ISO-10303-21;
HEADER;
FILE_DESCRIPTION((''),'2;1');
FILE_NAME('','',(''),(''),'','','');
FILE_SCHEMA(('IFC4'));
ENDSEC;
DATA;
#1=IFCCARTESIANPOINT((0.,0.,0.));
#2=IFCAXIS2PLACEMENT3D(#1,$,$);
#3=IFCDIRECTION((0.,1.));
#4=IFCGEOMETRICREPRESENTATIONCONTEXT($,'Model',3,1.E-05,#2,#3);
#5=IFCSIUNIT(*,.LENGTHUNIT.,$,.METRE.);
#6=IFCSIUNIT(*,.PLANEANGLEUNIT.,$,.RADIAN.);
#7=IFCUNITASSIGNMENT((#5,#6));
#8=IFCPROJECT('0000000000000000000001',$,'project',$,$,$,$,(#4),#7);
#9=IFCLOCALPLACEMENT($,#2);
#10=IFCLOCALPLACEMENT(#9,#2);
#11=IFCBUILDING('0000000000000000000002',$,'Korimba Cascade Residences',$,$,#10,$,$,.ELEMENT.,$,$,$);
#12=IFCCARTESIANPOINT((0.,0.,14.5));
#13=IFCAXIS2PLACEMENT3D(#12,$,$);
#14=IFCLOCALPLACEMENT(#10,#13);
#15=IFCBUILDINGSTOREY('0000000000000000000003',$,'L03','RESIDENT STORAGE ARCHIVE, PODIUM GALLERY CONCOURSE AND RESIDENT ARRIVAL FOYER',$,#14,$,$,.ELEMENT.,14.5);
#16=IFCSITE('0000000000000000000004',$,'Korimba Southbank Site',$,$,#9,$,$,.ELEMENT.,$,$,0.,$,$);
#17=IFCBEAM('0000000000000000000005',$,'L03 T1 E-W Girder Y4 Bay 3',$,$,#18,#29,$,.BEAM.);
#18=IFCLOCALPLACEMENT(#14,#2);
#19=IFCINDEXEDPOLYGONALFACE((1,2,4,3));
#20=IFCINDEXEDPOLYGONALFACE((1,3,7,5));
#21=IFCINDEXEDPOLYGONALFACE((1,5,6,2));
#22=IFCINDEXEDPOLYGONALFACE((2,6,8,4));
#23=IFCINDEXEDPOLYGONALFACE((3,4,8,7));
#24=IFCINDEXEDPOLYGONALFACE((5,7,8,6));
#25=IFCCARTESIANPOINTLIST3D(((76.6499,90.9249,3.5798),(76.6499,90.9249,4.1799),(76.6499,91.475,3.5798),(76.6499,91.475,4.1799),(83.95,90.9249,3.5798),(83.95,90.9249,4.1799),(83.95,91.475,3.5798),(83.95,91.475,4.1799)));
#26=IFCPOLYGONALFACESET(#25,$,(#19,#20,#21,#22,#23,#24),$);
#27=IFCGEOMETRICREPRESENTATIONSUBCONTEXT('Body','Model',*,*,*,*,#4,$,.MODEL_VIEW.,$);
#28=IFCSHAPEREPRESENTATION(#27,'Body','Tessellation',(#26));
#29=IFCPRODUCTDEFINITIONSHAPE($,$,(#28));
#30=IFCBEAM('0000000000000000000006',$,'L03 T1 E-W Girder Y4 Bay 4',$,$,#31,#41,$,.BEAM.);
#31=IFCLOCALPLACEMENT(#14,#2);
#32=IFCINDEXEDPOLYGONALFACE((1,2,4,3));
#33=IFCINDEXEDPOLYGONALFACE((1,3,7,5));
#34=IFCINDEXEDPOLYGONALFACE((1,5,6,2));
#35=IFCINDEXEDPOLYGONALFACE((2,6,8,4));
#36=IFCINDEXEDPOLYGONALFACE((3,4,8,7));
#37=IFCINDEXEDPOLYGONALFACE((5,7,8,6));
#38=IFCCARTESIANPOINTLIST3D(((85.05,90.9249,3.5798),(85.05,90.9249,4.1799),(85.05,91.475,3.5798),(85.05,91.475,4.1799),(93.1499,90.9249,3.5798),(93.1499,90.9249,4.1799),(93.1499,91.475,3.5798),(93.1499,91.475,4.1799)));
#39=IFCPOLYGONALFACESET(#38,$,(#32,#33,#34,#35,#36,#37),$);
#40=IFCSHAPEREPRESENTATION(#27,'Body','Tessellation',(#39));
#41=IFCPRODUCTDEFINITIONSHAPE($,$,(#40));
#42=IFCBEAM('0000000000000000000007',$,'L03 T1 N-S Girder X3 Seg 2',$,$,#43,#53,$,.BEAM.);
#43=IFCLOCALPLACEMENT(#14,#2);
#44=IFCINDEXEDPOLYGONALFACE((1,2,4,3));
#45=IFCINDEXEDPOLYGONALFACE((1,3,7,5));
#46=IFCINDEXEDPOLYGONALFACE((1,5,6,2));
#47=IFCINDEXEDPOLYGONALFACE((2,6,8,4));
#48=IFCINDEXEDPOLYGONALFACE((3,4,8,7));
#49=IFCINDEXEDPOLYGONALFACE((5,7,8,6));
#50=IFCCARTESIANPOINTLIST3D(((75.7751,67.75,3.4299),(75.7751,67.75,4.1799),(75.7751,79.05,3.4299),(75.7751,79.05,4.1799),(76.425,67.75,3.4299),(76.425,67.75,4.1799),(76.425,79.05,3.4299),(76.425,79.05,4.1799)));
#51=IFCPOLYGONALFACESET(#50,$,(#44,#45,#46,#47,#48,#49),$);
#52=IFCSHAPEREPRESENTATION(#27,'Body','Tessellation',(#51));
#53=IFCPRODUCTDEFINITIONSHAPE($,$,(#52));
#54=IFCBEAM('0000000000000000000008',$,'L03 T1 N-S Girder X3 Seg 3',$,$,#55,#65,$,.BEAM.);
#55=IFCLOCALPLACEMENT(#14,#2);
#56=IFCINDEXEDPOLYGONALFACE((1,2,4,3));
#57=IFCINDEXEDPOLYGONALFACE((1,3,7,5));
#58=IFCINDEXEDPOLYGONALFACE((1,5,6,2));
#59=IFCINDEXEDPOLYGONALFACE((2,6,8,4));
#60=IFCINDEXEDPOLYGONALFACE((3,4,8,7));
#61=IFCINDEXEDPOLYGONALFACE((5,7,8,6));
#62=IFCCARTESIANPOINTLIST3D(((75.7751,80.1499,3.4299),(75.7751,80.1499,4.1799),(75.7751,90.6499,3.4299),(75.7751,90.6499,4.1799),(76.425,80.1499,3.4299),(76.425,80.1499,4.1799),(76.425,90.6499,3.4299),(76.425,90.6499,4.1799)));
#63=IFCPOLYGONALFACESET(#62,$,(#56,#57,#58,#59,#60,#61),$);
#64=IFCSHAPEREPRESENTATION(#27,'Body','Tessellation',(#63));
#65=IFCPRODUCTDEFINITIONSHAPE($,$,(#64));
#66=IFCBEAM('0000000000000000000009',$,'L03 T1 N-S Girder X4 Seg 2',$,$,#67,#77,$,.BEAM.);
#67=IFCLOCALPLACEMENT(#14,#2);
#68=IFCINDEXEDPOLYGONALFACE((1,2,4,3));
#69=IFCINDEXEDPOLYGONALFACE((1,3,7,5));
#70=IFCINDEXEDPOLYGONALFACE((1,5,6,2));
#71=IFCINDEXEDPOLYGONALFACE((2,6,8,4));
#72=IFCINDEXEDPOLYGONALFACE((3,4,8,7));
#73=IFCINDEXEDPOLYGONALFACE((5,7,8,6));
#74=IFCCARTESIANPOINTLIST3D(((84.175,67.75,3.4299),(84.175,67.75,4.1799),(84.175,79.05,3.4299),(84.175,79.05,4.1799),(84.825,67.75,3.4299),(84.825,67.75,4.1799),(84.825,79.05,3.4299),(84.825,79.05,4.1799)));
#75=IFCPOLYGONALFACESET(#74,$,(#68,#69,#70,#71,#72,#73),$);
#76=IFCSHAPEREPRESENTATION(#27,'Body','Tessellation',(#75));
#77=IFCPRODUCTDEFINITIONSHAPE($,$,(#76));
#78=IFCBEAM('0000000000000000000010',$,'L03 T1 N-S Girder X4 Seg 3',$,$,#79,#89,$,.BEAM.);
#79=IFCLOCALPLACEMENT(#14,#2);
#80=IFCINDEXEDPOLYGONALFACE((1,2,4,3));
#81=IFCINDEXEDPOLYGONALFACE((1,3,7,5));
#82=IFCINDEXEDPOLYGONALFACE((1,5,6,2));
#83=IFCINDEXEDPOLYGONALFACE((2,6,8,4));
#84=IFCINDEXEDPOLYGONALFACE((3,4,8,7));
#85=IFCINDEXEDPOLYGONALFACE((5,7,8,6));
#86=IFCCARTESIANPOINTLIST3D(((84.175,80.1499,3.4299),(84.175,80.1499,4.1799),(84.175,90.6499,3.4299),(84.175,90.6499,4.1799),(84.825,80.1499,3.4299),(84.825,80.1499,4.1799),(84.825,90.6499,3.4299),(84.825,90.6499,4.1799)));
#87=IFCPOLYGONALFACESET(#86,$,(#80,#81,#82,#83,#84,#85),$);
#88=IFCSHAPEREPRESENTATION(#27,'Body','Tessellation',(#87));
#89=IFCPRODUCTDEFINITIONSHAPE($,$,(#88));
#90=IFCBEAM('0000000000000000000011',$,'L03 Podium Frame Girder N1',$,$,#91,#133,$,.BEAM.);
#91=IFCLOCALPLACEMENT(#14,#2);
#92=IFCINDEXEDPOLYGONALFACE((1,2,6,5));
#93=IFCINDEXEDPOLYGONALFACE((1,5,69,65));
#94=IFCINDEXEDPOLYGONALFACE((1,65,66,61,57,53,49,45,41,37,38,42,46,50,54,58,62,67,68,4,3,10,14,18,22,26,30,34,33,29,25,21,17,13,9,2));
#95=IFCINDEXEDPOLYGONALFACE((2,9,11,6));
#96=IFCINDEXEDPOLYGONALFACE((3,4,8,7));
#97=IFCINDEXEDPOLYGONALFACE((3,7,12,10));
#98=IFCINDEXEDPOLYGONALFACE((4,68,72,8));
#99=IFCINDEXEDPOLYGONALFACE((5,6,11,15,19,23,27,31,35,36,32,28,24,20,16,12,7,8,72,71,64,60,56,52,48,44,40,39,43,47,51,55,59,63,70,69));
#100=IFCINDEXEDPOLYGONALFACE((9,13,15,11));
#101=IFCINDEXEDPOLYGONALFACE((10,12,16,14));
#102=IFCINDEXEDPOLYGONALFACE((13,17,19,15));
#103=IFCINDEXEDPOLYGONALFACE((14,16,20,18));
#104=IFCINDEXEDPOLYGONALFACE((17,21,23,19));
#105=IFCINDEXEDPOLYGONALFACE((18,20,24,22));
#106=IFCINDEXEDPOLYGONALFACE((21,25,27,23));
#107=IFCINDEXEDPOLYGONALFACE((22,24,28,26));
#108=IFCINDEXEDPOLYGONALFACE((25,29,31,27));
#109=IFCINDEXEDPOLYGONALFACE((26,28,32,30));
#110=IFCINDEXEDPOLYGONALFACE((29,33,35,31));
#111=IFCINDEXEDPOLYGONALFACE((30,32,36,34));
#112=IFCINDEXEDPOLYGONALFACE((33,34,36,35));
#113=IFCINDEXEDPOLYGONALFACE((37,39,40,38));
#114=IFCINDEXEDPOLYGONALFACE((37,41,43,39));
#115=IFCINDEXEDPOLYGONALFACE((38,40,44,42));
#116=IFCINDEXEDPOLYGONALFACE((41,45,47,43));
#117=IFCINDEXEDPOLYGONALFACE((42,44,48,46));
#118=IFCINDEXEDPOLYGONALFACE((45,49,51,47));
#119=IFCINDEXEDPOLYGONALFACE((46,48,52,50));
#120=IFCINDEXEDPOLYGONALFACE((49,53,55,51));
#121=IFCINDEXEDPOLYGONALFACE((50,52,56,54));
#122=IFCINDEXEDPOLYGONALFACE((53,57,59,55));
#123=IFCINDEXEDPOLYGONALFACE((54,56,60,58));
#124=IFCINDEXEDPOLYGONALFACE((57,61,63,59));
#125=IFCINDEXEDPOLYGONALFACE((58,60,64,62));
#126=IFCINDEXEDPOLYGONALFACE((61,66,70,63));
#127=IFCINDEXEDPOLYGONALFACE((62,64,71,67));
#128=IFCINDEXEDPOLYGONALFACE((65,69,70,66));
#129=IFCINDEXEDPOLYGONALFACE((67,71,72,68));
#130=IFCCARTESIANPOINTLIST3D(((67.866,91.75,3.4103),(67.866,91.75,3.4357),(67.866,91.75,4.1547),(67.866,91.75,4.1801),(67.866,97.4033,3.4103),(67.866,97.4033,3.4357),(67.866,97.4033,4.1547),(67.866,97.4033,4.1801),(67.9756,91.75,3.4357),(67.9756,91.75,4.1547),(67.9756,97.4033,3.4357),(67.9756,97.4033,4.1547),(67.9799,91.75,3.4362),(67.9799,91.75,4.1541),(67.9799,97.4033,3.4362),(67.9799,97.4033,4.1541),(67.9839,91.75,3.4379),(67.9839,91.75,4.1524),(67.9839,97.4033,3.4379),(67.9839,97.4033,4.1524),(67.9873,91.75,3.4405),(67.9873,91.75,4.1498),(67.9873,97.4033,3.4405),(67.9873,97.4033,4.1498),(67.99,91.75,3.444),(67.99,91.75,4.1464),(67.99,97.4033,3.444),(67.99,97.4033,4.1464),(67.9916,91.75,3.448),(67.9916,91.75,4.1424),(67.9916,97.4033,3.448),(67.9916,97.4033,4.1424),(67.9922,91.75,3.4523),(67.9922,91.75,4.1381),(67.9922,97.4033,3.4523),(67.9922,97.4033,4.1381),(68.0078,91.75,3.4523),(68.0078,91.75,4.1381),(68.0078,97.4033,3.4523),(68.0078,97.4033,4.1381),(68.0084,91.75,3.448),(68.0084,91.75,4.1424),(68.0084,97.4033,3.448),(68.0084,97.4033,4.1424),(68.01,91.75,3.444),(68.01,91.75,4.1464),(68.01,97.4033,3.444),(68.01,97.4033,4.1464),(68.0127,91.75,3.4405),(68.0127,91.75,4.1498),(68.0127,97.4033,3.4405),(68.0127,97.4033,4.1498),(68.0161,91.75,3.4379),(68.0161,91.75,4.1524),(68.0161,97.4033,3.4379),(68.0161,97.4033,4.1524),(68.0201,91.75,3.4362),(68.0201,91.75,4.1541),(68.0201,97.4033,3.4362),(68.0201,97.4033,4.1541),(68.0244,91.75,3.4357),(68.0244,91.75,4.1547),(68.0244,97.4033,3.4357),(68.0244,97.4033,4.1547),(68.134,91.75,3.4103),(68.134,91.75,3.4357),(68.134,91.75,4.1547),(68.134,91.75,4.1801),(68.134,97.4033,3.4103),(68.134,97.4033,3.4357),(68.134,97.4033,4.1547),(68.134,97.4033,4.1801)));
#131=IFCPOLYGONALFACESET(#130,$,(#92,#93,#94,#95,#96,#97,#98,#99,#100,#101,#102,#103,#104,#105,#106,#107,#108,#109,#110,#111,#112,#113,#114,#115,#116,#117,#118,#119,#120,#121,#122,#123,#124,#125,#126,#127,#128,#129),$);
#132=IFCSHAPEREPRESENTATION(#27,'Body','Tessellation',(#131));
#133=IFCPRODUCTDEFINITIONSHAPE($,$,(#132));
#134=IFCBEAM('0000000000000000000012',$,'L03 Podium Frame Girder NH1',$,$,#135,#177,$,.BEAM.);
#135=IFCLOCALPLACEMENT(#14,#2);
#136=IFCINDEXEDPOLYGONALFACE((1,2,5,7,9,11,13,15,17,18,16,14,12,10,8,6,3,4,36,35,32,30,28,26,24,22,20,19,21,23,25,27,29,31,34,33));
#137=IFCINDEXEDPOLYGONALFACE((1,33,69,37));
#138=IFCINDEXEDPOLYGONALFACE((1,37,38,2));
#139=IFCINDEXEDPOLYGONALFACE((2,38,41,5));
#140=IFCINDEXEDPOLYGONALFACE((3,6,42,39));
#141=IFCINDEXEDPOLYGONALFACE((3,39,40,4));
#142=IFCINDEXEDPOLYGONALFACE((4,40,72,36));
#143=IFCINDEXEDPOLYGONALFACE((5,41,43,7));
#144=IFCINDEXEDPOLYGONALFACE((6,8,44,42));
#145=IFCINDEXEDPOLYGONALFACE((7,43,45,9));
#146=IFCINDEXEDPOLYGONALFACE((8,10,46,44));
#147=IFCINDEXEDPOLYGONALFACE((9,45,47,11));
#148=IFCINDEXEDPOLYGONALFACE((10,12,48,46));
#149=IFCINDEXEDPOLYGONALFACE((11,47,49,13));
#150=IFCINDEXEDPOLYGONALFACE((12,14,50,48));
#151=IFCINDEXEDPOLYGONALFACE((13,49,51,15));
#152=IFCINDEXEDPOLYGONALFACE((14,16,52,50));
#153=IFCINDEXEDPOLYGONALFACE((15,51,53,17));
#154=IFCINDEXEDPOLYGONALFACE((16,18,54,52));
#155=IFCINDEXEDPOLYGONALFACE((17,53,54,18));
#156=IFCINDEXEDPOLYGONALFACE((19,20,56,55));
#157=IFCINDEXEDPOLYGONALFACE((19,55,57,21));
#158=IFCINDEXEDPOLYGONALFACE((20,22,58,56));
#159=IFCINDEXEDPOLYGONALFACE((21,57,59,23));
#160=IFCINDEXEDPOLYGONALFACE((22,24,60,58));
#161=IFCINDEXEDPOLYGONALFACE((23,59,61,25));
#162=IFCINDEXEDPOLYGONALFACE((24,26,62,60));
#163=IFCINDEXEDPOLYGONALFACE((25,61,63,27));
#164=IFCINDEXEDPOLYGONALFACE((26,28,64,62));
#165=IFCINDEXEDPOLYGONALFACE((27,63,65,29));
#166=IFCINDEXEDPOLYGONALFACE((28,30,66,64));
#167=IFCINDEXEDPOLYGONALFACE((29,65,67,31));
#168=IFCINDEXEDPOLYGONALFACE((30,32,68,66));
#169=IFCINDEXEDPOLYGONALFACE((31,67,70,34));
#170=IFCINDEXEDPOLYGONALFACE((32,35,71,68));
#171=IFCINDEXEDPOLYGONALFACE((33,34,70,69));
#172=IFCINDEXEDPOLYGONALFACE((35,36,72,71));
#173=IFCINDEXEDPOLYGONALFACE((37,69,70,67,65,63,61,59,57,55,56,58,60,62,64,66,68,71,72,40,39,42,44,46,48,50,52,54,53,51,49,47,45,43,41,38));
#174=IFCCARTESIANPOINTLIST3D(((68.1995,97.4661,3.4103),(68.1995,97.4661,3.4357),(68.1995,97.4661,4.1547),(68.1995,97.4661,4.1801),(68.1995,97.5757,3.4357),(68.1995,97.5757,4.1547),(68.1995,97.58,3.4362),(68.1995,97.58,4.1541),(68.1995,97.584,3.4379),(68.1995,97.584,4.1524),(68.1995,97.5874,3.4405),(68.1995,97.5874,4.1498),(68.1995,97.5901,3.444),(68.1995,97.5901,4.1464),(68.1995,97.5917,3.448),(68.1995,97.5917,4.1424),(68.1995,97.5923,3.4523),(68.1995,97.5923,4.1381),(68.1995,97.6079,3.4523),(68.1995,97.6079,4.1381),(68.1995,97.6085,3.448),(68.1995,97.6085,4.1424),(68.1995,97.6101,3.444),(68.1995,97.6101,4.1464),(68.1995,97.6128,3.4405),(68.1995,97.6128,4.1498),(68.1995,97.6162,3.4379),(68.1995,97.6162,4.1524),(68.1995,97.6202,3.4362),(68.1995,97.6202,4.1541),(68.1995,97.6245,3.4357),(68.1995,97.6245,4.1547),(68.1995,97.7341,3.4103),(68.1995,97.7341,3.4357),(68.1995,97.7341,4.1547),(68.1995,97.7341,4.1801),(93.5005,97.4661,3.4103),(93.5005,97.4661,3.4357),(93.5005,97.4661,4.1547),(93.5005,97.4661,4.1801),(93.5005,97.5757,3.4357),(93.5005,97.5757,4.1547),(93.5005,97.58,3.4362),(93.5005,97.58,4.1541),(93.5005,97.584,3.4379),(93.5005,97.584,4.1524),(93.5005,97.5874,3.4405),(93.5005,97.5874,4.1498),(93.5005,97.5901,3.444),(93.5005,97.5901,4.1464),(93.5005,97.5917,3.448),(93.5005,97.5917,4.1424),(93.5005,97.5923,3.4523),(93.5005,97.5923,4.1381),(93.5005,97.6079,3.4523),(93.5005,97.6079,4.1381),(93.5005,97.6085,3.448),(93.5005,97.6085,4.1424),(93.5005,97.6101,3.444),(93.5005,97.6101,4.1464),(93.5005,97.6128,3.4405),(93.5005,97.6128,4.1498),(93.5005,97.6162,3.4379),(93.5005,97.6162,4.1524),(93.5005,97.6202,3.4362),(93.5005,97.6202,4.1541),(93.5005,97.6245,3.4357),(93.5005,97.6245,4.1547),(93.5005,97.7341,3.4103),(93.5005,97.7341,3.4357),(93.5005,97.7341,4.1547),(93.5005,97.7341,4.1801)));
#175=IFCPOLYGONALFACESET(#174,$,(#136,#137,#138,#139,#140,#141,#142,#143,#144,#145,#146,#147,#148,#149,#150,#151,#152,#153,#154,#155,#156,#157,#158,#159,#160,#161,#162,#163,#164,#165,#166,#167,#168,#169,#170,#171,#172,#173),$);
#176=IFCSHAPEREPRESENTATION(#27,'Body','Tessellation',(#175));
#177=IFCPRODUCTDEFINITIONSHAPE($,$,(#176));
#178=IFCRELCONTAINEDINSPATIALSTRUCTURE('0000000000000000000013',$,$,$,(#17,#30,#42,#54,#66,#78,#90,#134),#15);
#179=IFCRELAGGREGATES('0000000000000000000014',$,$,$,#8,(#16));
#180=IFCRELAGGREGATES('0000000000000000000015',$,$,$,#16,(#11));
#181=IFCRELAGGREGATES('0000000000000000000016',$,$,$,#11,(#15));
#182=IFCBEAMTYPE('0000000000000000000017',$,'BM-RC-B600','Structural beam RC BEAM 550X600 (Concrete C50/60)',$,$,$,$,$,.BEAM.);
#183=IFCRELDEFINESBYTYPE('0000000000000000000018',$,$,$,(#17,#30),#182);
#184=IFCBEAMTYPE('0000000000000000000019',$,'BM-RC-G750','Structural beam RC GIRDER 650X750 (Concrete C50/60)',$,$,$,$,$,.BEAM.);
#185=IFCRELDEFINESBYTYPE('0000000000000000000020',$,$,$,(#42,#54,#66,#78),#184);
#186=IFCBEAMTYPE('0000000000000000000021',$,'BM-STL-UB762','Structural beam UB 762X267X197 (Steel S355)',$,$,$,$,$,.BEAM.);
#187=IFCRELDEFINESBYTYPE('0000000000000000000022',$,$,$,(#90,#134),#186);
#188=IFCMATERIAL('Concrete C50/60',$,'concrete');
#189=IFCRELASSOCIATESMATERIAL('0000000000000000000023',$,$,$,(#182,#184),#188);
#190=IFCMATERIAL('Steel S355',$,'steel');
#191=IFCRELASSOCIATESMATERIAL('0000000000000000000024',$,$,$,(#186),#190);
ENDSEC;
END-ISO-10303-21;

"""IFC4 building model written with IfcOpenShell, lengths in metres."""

from ifc_helpers import new_model, si_unit, direction, frame, origin, origin_2d, place, context, subcontext, project, spatial, rectangle, i_section, extrude, material, material_profile, profile_set, type_object, element, save


model = new_model("IFC4")

# Units and contexts
model_context = context("Model", 3, precision=1e-05, world=origin(), true_north=direction((0.0, 1.0)))
body_context = subcontext(model_context, "Body", "Model", "MODEL_VIEW")
ifc_project = project(units=[si_unit("LENGTHUNIT", "METRE"), si_unit("PLANEANGLEUNIT", "RADIAN")], contexts=[model_context])

# Site, building, storey
site_placement = place(None, origin())
site = spatial("IfcSite", under=ifc_project, at=site_placement, Name="Korimba Southbank Site", CompositionType="ELEMENT", RefElevation=0.0)
building_placement = place(site_placement, origin())
building = spatial("IfcBuilding", under=site, at=building_placement, Name="Korimba Cascade Residences", CompositionType="ELEMENT")
storey_placement = place(building_placement, frame((0.0, 0.0, 14.5)))
storey = spatial("IfcBuildingStorey", under=building, at=storey_placement, Name="L03", Description="RESIDENT STORAGE ARCHIVE, PODIUM GALLERY CONCOURSE AND RESIDENT ARRIVAL FOYER", CompositionType="ELEMENT", Elevation=14.5)

# Shared definitions
ifc_material_1 = material(Name="Steel S355", Category="steel")

# Beams
ifc_material_2 = material(Name="Concrete C50/60", Category="concrete")
ifc_material_profile_1 = material_profile(ifc_material_2, rectangle(XDim=0.55, YDim=0.6001, at=origin_2d()), Name="Concrete C50/60")
ifc_profile_set_1 = profile_set([ifc_material_profile_1], Name="Concrete C50/60")
beam_type_1 = type_object("IfcBeamType", Name="BM-RC-B600", Description="Structural beam RC BEAM 550X600 (Concrete C50/60)", PredefinedType="BEAM", material=ifc_profile_set_1)
beam_1_placement = place(storey_placement, frame((76.6499, 91.2, 3.8799), z_axis=(1.0, 0.0, 0.0), x_axis=(0.0, 1.0, 0.0)))
element("IfcBeam", 1, at=beam_1_placement, inside=storey, type_object=beam_type_1, Name="L03 T1 E-W Girder Y4 Bay 3", PredefinedType="BEAM", context=body_context, shape_type="SweptSolid", body=[
    extrude(rectangle(XDim=0.55, YDim=0.6001, at=origin_2d()), origin(), (0.0, 0.0, 1.0), 7.3),
])
beam_2_placement = place(storey_placement, frame((85.05, 91.2, 3.8799), z_axis=(1.0, 0.0, 0.0), x_axis=(0.0, 1.0, 0.0)))
element("IfcBeam", 2, at=beam_2_placement, inside=storey, type_object=beam_type_1, Name="L03 T1 E-W Girder Y4 Bay 4", PredefinedType="BEAM", context=body_context, shape_type="SweptSolid", body=[
    extrude(rectangle(XDim=0.55, YDim=0.6001, at=origin_2d()), origin(), (0.0, 0.0, 1.0), 8.0999),
])
ifc_material_profile_2 = material_profile(ifc_material_2, rectangle(XDim=0.6499, YDim=0.75, at=origin_2d()), Name="Concrete C50/60")
ifc_profile_set_2 = profile_set([ifc_material_profile_2], Name="Concrete C50/60")
beam_type_2 = type_object("IfcBeamType", Name="BM-RC-G750", Description="Structural beam RC GIRDER 650X750 (Concrete C50/60)", PredefinedType="BEAM", material=ifc_profile_set_2)
beam_3_placement = place(storey_placement, frame((76.1001, 67.75, 3.8049), z_axis=(0.0, 1.0, 0.0), x_axis=(-1.0, 0.0, 0.0)))
element("IfcBeam", 3, at=beam_3_placement, inside=storey, type_object=beam_type_2, Name="L03 T1 N-S Girder X3 Seg 2", PredefinedType="BEAM", context=body_context, shape_type="SweptSolid", body=[
    extrude(rectangle(XDim=0.6499, YDim=0.75, at=origin_2d()), origin(), (0.0, 0.0, 1.0), 11.3),
])
beam_4_placement = place(storey_placement, frame((76.1001, 80.1499, 3.8049), z_axis=(0.0, 1.0, 0.0), x_axis=(-1.0, 0.0, 0.0)))
element("IfcBeam", 4, at=beam_4_placement, inside=storey, type_object=beam_type_2, Name="L03 T1 N-S Girder X3 Seg 3", PredefinedType="BEAM", context=body_context, shape_type="SweptSolid", body=[
    extrude(rectangle(XDim=0.6499, YDim=0.75, at=origin_2d()), origin(), (0.0, 0.0, 1.0), 10.5),
])
beam_5_placement = place(storey_placement, frame((84.5, 67.75, 3.8049), z_axis=(0.0, 1.0, 0.0), x_axis=(-1.0, 0.0, 0.0)))
element("IfcBeam", 5, at=beam_5_placement, inside=storey, type_object=beam_type_2, Name="L03 T1 N-S Girder X4 Seg 2", PredefinedType="BEAM", context=body_context, shape_type="SweptSolid", body=[
    extrude(rectangle(XDim=0.6499, YDim=0.75, at=origin_2d()), origin(), (0.0, 0.0, 1.0), 11.3),
])
beam_6_placement = place(storey_placement, frame((84.5, 80.1499, 3.8049), z_axis=(0.0, 1.0, 0.0), x_axis=(-1.0, 0.0, 0.0)))
element("IfcBeam", 6, at=beam_6_placement, inside=storey, type_object=beam_type_2, Name="L03 T1 N-S Girder X4 Seg 3", PredefinedType="BEAM", context=body_context, shape_type="SweptSolid", body=[
    extrude(rectangle(XDim=0.6499, YDim=0.75, at=origin_2d()), origin(), (0.0, 0.0, 1.0), 10.5),
])
ifc_material_profile_3 = material_profile(ifc_material_1, i_section(OverallWidth=0.2681, OverallDepth=0.7698, WebThickness=0.0156, FlangeThickness=0.0254, FilletRadius=0.0166, at=origin_2d()), Name="Steel S355")
ifc_profile_set_3 = profile_set([ifc_material_profile_3], Name="Steel S355")
beam_type_3 = type_object("IfcBeamType", Name="BM-STL-UB762", Description="Structural beam UB 762X267X197 (Steel S355)", PredefinedType="BEAM", material=ifc_profile_set_3)
beam_7_placement = place(storey_placement, frame((68.0, 91.75, 3.7952), z_axis=(0.0, 1.0, 0.0), x_axis=(-1.0, 0.0, 0.0)))
element("IfcBeam", 7, at=beam_7_placement, inside=storey, type_object=beam_type_3, Name="L03 Podium Frame Girder N1", PredefinedType="BEAM", context=body_context, shape_type="SweptSolid", body=[
    extrude(i_section(OverallWidth=0.2681, OverallDepth=0.7698, WebThickness=0.0156, FlangeThickness=0.0254, FilletRadius=0.0166, at=origin_2d()), origin(), (0.0, 0.0, 1.0), 5.6533),
])
beam_8_placement = place(storey_placement, frame((68.1995, 97.6001, 3.7952), z_axis=(1.0, 0.0, 0.0), x_axis=(0.0, 1.0, 0.0)))
element("IfcBeam", 8, at=beam_8_placement, inside=storey, type_object=beam_type_3, Name="L03 Podium Frame Girder NH1", PredefinedType="BEAM", context=body_context, shape_type="SweptSolid", body=[
    extrude(i_section(OverallWidth=0.2681, OverallDepth=0.7698, WebThickness=0.0156, FlangeThickness=0.0254, FilletRadius=0.0166, at=origin_2d()), origin(), (0.0, 0.0, 1.0), 25.301),
])

save(model, "model.ifc")
